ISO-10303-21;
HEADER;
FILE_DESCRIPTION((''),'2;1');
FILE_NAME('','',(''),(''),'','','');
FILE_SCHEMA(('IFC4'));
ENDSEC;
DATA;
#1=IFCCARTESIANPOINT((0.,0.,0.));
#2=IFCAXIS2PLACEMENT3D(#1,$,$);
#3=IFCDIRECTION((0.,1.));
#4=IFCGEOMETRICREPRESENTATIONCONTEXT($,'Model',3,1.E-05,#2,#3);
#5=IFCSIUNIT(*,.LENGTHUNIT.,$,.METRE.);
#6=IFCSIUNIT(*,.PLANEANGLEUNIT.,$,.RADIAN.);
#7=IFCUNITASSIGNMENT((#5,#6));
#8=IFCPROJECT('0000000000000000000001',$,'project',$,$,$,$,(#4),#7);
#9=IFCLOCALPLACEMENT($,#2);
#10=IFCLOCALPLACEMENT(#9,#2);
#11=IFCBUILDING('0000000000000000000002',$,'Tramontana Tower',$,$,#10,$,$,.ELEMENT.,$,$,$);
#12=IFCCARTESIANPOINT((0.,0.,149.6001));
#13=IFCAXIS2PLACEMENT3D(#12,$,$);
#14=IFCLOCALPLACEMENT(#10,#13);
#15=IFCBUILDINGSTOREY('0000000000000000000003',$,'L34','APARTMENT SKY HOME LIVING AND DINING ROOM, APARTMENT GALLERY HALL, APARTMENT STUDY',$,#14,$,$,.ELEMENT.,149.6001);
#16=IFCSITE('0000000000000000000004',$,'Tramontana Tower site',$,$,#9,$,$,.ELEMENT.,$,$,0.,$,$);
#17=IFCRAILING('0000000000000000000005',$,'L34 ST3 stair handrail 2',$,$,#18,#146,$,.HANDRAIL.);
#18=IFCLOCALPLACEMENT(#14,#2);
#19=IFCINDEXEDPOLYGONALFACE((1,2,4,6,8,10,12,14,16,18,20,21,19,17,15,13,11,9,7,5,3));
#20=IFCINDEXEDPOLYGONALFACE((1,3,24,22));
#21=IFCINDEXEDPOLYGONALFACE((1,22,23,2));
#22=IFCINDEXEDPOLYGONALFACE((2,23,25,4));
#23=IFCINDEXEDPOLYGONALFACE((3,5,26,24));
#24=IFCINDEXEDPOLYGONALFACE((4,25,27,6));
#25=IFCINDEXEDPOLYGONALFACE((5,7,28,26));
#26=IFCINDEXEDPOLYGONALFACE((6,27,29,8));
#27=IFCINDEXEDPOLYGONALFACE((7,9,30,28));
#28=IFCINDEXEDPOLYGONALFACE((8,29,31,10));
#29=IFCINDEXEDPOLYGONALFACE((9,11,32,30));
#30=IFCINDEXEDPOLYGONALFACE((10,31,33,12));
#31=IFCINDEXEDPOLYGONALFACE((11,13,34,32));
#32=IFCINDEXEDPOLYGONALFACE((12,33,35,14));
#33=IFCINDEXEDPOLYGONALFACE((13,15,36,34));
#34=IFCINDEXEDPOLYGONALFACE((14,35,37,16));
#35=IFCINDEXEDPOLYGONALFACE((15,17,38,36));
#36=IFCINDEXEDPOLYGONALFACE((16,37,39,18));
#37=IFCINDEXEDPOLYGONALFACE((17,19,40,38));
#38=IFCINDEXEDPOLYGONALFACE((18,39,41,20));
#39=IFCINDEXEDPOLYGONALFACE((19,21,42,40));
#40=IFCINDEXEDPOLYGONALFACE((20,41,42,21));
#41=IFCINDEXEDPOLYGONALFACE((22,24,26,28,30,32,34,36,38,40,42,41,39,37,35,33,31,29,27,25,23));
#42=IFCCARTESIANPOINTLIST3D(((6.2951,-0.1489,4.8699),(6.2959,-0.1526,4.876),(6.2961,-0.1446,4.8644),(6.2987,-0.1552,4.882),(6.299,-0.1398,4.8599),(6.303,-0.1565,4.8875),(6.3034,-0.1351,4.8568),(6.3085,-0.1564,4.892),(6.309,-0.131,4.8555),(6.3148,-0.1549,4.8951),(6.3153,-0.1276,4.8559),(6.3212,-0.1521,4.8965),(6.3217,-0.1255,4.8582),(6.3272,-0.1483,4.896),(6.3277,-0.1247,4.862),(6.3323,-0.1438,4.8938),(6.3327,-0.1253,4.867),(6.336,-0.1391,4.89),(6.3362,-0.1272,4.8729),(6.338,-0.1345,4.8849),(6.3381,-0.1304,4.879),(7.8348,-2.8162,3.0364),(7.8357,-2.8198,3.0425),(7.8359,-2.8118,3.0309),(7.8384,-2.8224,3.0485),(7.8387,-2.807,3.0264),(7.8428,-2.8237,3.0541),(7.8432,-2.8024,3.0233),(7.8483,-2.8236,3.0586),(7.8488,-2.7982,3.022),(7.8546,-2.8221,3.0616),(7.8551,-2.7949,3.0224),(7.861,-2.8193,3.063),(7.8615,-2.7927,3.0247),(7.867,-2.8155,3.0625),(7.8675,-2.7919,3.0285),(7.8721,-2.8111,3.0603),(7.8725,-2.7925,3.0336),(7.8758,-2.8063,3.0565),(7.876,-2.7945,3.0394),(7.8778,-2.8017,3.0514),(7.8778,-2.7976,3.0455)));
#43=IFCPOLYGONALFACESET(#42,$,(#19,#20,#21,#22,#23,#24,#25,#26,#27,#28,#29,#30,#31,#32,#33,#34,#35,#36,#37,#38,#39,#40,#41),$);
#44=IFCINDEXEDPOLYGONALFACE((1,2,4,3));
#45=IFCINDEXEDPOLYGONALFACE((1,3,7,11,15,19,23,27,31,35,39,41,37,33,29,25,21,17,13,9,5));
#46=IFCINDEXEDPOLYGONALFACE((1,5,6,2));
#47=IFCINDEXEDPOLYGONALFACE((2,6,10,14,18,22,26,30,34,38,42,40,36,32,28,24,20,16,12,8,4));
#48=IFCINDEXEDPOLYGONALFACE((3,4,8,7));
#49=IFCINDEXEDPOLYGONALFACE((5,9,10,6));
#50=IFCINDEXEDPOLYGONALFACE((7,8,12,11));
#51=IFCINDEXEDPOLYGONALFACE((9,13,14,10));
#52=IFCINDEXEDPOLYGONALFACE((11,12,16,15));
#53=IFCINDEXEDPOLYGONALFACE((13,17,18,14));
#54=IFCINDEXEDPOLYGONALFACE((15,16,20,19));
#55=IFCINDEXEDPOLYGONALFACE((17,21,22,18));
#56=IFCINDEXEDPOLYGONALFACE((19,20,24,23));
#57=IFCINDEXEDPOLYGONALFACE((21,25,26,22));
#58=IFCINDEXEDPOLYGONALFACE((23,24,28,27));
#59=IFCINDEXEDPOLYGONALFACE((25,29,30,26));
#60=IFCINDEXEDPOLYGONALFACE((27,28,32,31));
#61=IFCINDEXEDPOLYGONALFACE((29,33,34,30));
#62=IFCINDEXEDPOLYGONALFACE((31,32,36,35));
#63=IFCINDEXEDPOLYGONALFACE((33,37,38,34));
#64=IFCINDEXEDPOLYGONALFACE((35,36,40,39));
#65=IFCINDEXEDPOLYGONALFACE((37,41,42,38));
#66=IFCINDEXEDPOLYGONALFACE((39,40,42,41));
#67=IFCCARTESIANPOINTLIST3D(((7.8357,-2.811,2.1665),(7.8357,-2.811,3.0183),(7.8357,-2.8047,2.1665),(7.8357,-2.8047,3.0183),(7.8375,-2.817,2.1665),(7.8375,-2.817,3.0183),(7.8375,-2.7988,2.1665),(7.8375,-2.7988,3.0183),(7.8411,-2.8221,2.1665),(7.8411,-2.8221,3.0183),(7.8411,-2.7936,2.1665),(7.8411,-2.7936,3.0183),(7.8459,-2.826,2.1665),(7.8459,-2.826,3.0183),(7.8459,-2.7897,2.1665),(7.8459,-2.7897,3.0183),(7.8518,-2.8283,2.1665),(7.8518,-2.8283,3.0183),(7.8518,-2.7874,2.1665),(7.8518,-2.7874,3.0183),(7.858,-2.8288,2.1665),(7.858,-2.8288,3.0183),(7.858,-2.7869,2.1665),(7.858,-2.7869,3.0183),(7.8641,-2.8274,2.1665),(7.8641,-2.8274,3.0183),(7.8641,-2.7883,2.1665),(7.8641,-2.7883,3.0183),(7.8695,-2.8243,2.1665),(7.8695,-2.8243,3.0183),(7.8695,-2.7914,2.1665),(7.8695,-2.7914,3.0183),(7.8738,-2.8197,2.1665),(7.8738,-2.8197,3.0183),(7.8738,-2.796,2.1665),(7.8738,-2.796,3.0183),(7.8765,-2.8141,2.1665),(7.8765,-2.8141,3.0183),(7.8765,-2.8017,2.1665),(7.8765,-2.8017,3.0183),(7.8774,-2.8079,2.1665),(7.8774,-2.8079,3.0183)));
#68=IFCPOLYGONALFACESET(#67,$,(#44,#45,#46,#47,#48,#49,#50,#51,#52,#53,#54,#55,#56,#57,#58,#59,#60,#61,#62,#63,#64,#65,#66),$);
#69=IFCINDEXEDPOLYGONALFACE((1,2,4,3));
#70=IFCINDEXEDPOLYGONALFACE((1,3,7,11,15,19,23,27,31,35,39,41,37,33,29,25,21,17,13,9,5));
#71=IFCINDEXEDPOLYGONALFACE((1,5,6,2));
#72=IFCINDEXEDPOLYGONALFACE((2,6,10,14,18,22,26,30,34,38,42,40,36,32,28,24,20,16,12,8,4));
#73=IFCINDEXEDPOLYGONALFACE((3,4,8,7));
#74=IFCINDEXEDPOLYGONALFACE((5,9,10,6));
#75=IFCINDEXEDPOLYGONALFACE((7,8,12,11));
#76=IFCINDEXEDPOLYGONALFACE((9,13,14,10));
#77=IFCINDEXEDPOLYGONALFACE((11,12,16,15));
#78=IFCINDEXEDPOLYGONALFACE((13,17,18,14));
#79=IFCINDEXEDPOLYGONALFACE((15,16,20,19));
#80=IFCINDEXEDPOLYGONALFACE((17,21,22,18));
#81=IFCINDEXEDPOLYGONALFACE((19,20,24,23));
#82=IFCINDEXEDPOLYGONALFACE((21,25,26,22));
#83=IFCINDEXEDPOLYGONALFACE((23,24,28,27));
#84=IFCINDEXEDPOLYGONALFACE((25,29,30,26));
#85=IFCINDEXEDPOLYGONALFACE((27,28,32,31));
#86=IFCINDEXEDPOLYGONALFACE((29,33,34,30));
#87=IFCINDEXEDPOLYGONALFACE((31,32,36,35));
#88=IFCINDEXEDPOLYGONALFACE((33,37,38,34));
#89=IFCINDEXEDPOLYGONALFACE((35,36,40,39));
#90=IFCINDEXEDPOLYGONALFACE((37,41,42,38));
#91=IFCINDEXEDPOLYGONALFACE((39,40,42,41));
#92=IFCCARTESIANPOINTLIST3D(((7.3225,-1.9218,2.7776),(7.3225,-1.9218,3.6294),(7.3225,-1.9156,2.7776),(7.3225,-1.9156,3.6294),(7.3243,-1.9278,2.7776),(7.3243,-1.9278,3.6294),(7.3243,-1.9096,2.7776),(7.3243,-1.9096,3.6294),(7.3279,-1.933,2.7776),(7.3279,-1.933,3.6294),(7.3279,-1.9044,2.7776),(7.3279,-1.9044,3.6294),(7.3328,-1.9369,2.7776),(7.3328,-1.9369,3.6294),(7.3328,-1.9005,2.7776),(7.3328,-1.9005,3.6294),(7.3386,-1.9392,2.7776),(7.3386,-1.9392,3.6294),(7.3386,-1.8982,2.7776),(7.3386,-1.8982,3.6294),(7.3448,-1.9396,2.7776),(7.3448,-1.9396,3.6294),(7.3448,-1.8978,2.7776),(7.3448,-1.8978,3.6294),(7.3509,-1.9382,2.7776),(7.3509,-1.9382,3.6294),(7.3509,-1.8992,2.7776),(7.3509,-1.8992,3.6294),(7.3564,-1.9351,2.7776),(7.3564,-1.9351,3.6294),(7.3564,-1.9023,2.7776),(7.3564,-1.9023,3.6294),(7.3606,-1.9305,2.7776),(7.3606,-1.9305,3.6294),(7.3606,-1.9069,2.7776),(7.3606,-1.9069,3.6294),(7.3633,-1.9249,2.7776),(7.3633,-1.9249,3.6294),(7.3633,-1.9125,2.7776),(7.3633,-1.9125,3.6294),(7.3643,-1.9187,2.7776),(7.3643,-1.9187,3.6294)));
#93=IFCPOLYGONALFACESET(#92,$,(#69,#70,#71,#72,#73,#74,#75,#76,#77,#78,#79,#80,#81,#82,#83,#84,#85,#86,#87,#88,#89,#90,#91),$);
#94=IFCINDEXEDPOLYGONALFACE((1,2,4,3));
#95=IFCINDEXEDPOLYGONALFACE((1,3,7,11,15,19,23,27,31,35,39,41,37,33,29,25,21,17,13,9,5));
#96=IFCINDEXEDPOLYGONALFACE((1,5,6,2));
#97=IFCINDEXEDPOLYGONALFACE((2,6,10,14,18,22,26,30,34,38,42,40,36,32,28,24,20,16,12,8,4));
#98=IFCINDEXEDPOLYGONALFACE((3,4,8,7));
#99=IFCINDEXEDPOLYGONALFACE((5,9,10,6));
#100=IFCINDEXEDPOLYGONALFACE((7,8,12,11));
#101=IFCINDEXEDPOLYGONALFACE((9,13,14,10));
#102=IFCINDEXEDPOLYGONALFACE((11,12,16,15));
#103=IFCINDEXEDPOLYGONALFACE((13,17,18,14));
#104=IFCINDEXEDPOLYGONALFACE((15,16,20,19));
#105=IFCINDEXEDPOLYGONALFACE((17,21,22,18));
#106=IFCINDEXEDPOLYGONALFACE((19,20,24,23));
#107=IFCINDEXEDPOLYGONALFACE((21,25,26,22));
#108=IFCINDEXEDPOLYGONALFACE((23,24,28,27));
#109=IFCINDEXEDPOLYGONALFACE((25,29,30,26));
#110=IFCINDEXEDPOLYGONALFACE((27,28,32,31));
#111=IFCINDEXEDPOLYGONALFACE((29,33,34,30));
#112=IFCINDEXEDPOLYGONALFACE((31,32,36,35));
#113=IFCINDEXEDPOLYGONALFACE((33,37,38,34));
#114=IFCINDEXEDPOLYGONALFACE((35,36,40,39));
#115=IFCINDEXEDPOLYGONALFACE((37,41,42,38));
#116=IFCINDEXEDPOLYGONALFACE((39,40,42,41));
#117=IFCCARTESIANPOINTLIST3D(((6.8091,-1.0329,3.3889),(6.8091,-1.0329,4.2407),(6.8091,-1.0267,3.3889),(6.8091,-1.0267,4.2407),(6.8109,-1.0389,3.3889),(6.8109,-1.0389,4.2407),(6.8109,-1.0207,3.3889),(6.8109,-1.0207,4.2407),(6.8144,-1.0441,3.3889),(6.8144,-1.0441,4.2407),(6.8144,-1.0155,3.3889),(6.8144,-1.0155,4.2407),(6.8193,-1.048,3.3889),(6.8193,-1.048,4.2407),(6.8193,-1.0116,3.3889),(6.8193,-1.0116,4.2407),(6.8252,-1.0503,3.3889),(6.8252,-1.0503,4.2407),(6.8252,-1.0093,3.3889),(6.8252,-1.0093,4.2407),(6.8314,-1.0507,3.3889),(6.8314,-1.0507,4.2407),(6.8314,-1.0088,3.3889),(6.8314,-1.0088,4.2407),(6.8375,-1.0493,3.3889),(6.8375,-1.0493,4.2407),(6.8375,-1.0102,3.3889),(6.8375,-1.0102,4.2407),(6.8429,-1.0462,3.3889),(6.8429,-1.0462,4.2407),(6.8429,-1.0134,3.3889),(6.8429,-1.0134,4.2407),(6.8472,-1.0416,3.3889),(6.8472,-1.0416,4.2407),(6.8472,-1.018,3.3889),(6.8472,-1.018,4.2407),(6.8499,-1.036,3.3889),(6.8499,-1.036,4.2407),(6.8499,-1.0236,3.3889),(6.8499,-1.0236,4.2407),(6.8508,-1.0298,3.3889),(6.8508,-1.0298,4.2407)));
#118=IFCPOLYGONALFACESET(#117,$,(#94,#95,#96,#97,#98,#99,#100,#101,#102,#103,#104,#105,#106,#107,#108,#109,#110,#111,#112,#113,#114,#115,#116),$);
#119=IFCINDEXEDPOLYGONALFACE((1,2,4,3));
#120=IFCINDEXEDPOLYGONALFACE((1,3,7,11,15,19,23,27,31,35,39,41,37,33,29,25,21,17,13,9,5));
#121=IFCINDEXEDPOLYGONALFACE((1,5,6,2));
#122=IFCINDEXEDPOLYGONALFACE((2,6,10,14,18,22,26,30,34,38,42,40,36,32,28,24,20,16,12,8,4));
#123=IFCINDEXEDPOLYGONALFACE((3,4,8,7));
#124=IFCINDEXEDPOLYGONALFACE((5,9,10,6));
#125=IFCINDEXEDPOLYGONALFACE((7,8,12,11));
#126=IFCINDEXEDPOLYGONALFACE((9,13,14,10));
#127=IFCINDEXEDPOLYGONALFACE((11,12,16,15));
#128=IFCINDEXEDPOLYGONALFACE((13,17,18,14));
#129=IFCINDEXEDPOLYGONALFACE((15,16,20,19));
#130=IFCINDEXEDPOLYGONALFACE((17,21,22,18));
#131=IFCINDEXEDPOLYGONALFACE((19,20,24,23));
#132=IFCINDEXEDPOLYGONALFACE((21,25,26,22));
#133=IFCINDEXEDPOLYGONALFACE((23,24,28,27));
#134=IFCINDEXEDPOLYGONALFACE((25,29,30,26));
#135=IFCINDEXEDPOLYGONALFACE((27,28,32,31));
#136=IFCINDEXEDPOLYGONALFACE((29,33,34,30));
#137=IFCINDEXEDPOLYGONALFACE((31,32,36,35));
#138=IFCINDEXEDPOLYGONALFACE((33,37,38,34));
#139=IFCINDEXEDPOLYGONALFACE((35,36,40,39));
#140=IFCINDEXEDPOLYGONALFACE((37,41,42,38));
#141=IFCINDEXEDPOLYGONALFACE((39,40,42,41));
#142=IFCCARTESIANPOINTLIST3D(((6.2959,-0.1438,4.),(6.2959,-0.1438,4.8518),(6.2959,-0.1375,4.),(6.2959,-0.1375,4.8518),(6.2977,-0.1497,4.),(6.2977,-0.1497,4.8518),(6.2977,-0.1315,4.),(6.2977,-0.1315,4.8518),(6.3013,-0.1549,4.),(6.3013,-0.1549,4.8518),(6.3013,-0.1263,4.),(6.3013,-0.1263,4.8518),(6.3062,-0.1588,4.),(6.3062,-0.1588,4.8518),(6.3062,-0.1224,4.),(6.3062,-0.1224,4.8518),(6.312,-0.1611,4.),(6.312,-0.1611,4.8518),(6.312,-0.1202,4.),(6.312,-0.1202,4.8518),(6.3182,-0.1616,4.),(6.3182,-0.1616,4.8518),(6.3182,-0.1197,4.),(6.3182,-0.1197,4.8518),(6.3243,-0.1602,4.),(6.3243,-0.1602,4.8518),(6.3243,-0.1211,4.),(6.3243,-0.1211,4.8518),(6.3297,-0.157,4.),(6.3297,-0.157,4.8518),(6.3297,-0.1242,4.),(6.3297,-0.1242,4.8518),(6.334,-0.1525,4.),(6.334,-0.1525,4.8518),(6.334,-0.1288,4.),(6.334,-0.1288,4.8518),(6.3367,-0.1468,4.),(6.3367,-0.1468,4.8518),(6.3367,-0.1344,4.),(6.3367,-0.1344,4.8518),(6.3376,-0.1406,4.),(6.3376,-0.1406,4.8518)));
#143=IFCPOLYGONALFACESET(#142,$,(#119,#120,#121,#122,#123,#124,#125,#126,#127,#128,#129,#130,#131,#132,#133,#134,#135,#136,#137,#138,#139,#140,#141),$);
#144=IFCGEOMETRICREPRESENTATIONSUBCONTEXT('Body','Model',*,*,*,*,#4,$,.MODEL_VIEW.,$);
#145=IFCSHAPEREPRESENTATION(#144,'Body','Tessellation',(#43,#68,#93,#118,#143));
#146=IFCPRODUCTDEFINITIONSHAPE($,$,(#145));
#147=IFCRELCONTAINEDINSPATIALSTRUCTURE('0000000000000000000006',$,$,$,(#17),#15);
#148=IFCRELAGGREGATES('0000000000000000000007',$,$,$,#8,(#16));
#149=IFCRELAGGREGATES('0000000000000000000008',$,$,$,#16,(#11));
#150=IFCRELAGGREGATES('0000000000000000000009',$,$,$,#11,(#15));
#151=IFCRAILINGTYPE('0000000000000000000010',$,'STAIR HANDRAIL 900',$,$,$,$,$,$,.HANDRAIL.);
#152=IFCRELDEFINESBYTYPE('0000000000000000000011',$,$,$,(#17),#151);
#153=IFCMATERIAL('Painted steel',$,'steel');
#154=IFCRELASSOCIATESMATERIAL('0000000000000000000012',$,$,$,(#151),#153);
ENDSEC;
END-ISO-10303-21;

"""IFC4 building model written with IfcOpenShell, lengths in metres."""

from ifc_helpers import new_model, si_unit, direction, frame, origin, origin_2d, place, context, subcontext, project, spatial, circle, extrude, material, type_object, element, save


model = new_model("IFC4")

# Units and contexts
model_context = context("Model", 3, precision=1e-05, world=origin(), true_north=direction((0.0, 1.0)))
body_context = subcontext(model_context, "Body", "Model", "MODEL_VIEW")
ifc_project = project(units=[si_unit("LENGTHUNIT", "METRE"), si_unit("PLANEANGLEUNIT", "RADIAN")], contexts=[model_context])

# Site, building, storey
site_placement = place(None, origin())
site = spatial("IfcSite", under=ifc_project, at=site_placement, Name="Tramontana Tower site", CompositionType="ELEMENT", RefElevation=0.0)
building_placement = place(site_placement, origin())
building = spatial("IfcBuilding", under=site, at=building_placement, Name="Tramontana Tower", CompositionType="ELEMENT")
storey_placement = place(building_placement, frame((0.0, 0.0, 149.6001)))
storey = spatial("IfcBuildingStorey", under=building, at=storey_placement, Name="L34", Description="APARTMENT SKY HOME LIVING AND DINING ROOM, APARTMENT GALLERY HALL, APARTMENT STUDY", CompositionType="ELEMENT", Elevation=149.6001)

# Railing
ifc_material_1 = material(Name="Painted steel", Category="steel")
railing_type_1 = type_object("IfcRailingType", Name="STAIR HANDRAIL 900", PredefinedType="HANDRAIL", material=ifc_material_1)
railing_1_placement = place(storey_placement, frame((7.8564, -2.8079, 2.1665)))
element("IfcRailing", 1, at=railing_1_placement, inside=storey, type_object=railing_type_1, Name="L34 ST3 stair handrail 2", PredefinedType="HANDRAIL", context=body_context, shape_type="SweptSolid", body=[
    extrude(circle(Radius=0.0239, at=origin_2d()), frame((0.0, 0.0, 0.876), z_axis=(-0.429601, 0.744155, 0.511543), x_axis=(-0.866044, -0.499967, 0.0)), (0.0, 0.0, 1.0), 3.5842),
    extrude(circle(Radius=0.021, at=origin_2d()), origin(), (0.0, 0.0, 1.0), 0.8518),
    extrude(circle(Radius=0.021, at=origin_2d()), frame((-0.5132, 0.8892, 0.6111)), (0.0, 0.0, 1.0), 0.8518),
    extrude(circle(Radius=0.021, at=origin_2d()), frame((-1.0266, 1.7781, 1.2224)), (0.0, 0.0, 1.0), 0.8518),
    extrude(circle(Radius=0.021, at=origin_2d()), frame((-1.5398, 2.6672, 1.8335)), (0.0, 0.0, 1.0), 0.8518),
])

save(model, "model.ifc")
